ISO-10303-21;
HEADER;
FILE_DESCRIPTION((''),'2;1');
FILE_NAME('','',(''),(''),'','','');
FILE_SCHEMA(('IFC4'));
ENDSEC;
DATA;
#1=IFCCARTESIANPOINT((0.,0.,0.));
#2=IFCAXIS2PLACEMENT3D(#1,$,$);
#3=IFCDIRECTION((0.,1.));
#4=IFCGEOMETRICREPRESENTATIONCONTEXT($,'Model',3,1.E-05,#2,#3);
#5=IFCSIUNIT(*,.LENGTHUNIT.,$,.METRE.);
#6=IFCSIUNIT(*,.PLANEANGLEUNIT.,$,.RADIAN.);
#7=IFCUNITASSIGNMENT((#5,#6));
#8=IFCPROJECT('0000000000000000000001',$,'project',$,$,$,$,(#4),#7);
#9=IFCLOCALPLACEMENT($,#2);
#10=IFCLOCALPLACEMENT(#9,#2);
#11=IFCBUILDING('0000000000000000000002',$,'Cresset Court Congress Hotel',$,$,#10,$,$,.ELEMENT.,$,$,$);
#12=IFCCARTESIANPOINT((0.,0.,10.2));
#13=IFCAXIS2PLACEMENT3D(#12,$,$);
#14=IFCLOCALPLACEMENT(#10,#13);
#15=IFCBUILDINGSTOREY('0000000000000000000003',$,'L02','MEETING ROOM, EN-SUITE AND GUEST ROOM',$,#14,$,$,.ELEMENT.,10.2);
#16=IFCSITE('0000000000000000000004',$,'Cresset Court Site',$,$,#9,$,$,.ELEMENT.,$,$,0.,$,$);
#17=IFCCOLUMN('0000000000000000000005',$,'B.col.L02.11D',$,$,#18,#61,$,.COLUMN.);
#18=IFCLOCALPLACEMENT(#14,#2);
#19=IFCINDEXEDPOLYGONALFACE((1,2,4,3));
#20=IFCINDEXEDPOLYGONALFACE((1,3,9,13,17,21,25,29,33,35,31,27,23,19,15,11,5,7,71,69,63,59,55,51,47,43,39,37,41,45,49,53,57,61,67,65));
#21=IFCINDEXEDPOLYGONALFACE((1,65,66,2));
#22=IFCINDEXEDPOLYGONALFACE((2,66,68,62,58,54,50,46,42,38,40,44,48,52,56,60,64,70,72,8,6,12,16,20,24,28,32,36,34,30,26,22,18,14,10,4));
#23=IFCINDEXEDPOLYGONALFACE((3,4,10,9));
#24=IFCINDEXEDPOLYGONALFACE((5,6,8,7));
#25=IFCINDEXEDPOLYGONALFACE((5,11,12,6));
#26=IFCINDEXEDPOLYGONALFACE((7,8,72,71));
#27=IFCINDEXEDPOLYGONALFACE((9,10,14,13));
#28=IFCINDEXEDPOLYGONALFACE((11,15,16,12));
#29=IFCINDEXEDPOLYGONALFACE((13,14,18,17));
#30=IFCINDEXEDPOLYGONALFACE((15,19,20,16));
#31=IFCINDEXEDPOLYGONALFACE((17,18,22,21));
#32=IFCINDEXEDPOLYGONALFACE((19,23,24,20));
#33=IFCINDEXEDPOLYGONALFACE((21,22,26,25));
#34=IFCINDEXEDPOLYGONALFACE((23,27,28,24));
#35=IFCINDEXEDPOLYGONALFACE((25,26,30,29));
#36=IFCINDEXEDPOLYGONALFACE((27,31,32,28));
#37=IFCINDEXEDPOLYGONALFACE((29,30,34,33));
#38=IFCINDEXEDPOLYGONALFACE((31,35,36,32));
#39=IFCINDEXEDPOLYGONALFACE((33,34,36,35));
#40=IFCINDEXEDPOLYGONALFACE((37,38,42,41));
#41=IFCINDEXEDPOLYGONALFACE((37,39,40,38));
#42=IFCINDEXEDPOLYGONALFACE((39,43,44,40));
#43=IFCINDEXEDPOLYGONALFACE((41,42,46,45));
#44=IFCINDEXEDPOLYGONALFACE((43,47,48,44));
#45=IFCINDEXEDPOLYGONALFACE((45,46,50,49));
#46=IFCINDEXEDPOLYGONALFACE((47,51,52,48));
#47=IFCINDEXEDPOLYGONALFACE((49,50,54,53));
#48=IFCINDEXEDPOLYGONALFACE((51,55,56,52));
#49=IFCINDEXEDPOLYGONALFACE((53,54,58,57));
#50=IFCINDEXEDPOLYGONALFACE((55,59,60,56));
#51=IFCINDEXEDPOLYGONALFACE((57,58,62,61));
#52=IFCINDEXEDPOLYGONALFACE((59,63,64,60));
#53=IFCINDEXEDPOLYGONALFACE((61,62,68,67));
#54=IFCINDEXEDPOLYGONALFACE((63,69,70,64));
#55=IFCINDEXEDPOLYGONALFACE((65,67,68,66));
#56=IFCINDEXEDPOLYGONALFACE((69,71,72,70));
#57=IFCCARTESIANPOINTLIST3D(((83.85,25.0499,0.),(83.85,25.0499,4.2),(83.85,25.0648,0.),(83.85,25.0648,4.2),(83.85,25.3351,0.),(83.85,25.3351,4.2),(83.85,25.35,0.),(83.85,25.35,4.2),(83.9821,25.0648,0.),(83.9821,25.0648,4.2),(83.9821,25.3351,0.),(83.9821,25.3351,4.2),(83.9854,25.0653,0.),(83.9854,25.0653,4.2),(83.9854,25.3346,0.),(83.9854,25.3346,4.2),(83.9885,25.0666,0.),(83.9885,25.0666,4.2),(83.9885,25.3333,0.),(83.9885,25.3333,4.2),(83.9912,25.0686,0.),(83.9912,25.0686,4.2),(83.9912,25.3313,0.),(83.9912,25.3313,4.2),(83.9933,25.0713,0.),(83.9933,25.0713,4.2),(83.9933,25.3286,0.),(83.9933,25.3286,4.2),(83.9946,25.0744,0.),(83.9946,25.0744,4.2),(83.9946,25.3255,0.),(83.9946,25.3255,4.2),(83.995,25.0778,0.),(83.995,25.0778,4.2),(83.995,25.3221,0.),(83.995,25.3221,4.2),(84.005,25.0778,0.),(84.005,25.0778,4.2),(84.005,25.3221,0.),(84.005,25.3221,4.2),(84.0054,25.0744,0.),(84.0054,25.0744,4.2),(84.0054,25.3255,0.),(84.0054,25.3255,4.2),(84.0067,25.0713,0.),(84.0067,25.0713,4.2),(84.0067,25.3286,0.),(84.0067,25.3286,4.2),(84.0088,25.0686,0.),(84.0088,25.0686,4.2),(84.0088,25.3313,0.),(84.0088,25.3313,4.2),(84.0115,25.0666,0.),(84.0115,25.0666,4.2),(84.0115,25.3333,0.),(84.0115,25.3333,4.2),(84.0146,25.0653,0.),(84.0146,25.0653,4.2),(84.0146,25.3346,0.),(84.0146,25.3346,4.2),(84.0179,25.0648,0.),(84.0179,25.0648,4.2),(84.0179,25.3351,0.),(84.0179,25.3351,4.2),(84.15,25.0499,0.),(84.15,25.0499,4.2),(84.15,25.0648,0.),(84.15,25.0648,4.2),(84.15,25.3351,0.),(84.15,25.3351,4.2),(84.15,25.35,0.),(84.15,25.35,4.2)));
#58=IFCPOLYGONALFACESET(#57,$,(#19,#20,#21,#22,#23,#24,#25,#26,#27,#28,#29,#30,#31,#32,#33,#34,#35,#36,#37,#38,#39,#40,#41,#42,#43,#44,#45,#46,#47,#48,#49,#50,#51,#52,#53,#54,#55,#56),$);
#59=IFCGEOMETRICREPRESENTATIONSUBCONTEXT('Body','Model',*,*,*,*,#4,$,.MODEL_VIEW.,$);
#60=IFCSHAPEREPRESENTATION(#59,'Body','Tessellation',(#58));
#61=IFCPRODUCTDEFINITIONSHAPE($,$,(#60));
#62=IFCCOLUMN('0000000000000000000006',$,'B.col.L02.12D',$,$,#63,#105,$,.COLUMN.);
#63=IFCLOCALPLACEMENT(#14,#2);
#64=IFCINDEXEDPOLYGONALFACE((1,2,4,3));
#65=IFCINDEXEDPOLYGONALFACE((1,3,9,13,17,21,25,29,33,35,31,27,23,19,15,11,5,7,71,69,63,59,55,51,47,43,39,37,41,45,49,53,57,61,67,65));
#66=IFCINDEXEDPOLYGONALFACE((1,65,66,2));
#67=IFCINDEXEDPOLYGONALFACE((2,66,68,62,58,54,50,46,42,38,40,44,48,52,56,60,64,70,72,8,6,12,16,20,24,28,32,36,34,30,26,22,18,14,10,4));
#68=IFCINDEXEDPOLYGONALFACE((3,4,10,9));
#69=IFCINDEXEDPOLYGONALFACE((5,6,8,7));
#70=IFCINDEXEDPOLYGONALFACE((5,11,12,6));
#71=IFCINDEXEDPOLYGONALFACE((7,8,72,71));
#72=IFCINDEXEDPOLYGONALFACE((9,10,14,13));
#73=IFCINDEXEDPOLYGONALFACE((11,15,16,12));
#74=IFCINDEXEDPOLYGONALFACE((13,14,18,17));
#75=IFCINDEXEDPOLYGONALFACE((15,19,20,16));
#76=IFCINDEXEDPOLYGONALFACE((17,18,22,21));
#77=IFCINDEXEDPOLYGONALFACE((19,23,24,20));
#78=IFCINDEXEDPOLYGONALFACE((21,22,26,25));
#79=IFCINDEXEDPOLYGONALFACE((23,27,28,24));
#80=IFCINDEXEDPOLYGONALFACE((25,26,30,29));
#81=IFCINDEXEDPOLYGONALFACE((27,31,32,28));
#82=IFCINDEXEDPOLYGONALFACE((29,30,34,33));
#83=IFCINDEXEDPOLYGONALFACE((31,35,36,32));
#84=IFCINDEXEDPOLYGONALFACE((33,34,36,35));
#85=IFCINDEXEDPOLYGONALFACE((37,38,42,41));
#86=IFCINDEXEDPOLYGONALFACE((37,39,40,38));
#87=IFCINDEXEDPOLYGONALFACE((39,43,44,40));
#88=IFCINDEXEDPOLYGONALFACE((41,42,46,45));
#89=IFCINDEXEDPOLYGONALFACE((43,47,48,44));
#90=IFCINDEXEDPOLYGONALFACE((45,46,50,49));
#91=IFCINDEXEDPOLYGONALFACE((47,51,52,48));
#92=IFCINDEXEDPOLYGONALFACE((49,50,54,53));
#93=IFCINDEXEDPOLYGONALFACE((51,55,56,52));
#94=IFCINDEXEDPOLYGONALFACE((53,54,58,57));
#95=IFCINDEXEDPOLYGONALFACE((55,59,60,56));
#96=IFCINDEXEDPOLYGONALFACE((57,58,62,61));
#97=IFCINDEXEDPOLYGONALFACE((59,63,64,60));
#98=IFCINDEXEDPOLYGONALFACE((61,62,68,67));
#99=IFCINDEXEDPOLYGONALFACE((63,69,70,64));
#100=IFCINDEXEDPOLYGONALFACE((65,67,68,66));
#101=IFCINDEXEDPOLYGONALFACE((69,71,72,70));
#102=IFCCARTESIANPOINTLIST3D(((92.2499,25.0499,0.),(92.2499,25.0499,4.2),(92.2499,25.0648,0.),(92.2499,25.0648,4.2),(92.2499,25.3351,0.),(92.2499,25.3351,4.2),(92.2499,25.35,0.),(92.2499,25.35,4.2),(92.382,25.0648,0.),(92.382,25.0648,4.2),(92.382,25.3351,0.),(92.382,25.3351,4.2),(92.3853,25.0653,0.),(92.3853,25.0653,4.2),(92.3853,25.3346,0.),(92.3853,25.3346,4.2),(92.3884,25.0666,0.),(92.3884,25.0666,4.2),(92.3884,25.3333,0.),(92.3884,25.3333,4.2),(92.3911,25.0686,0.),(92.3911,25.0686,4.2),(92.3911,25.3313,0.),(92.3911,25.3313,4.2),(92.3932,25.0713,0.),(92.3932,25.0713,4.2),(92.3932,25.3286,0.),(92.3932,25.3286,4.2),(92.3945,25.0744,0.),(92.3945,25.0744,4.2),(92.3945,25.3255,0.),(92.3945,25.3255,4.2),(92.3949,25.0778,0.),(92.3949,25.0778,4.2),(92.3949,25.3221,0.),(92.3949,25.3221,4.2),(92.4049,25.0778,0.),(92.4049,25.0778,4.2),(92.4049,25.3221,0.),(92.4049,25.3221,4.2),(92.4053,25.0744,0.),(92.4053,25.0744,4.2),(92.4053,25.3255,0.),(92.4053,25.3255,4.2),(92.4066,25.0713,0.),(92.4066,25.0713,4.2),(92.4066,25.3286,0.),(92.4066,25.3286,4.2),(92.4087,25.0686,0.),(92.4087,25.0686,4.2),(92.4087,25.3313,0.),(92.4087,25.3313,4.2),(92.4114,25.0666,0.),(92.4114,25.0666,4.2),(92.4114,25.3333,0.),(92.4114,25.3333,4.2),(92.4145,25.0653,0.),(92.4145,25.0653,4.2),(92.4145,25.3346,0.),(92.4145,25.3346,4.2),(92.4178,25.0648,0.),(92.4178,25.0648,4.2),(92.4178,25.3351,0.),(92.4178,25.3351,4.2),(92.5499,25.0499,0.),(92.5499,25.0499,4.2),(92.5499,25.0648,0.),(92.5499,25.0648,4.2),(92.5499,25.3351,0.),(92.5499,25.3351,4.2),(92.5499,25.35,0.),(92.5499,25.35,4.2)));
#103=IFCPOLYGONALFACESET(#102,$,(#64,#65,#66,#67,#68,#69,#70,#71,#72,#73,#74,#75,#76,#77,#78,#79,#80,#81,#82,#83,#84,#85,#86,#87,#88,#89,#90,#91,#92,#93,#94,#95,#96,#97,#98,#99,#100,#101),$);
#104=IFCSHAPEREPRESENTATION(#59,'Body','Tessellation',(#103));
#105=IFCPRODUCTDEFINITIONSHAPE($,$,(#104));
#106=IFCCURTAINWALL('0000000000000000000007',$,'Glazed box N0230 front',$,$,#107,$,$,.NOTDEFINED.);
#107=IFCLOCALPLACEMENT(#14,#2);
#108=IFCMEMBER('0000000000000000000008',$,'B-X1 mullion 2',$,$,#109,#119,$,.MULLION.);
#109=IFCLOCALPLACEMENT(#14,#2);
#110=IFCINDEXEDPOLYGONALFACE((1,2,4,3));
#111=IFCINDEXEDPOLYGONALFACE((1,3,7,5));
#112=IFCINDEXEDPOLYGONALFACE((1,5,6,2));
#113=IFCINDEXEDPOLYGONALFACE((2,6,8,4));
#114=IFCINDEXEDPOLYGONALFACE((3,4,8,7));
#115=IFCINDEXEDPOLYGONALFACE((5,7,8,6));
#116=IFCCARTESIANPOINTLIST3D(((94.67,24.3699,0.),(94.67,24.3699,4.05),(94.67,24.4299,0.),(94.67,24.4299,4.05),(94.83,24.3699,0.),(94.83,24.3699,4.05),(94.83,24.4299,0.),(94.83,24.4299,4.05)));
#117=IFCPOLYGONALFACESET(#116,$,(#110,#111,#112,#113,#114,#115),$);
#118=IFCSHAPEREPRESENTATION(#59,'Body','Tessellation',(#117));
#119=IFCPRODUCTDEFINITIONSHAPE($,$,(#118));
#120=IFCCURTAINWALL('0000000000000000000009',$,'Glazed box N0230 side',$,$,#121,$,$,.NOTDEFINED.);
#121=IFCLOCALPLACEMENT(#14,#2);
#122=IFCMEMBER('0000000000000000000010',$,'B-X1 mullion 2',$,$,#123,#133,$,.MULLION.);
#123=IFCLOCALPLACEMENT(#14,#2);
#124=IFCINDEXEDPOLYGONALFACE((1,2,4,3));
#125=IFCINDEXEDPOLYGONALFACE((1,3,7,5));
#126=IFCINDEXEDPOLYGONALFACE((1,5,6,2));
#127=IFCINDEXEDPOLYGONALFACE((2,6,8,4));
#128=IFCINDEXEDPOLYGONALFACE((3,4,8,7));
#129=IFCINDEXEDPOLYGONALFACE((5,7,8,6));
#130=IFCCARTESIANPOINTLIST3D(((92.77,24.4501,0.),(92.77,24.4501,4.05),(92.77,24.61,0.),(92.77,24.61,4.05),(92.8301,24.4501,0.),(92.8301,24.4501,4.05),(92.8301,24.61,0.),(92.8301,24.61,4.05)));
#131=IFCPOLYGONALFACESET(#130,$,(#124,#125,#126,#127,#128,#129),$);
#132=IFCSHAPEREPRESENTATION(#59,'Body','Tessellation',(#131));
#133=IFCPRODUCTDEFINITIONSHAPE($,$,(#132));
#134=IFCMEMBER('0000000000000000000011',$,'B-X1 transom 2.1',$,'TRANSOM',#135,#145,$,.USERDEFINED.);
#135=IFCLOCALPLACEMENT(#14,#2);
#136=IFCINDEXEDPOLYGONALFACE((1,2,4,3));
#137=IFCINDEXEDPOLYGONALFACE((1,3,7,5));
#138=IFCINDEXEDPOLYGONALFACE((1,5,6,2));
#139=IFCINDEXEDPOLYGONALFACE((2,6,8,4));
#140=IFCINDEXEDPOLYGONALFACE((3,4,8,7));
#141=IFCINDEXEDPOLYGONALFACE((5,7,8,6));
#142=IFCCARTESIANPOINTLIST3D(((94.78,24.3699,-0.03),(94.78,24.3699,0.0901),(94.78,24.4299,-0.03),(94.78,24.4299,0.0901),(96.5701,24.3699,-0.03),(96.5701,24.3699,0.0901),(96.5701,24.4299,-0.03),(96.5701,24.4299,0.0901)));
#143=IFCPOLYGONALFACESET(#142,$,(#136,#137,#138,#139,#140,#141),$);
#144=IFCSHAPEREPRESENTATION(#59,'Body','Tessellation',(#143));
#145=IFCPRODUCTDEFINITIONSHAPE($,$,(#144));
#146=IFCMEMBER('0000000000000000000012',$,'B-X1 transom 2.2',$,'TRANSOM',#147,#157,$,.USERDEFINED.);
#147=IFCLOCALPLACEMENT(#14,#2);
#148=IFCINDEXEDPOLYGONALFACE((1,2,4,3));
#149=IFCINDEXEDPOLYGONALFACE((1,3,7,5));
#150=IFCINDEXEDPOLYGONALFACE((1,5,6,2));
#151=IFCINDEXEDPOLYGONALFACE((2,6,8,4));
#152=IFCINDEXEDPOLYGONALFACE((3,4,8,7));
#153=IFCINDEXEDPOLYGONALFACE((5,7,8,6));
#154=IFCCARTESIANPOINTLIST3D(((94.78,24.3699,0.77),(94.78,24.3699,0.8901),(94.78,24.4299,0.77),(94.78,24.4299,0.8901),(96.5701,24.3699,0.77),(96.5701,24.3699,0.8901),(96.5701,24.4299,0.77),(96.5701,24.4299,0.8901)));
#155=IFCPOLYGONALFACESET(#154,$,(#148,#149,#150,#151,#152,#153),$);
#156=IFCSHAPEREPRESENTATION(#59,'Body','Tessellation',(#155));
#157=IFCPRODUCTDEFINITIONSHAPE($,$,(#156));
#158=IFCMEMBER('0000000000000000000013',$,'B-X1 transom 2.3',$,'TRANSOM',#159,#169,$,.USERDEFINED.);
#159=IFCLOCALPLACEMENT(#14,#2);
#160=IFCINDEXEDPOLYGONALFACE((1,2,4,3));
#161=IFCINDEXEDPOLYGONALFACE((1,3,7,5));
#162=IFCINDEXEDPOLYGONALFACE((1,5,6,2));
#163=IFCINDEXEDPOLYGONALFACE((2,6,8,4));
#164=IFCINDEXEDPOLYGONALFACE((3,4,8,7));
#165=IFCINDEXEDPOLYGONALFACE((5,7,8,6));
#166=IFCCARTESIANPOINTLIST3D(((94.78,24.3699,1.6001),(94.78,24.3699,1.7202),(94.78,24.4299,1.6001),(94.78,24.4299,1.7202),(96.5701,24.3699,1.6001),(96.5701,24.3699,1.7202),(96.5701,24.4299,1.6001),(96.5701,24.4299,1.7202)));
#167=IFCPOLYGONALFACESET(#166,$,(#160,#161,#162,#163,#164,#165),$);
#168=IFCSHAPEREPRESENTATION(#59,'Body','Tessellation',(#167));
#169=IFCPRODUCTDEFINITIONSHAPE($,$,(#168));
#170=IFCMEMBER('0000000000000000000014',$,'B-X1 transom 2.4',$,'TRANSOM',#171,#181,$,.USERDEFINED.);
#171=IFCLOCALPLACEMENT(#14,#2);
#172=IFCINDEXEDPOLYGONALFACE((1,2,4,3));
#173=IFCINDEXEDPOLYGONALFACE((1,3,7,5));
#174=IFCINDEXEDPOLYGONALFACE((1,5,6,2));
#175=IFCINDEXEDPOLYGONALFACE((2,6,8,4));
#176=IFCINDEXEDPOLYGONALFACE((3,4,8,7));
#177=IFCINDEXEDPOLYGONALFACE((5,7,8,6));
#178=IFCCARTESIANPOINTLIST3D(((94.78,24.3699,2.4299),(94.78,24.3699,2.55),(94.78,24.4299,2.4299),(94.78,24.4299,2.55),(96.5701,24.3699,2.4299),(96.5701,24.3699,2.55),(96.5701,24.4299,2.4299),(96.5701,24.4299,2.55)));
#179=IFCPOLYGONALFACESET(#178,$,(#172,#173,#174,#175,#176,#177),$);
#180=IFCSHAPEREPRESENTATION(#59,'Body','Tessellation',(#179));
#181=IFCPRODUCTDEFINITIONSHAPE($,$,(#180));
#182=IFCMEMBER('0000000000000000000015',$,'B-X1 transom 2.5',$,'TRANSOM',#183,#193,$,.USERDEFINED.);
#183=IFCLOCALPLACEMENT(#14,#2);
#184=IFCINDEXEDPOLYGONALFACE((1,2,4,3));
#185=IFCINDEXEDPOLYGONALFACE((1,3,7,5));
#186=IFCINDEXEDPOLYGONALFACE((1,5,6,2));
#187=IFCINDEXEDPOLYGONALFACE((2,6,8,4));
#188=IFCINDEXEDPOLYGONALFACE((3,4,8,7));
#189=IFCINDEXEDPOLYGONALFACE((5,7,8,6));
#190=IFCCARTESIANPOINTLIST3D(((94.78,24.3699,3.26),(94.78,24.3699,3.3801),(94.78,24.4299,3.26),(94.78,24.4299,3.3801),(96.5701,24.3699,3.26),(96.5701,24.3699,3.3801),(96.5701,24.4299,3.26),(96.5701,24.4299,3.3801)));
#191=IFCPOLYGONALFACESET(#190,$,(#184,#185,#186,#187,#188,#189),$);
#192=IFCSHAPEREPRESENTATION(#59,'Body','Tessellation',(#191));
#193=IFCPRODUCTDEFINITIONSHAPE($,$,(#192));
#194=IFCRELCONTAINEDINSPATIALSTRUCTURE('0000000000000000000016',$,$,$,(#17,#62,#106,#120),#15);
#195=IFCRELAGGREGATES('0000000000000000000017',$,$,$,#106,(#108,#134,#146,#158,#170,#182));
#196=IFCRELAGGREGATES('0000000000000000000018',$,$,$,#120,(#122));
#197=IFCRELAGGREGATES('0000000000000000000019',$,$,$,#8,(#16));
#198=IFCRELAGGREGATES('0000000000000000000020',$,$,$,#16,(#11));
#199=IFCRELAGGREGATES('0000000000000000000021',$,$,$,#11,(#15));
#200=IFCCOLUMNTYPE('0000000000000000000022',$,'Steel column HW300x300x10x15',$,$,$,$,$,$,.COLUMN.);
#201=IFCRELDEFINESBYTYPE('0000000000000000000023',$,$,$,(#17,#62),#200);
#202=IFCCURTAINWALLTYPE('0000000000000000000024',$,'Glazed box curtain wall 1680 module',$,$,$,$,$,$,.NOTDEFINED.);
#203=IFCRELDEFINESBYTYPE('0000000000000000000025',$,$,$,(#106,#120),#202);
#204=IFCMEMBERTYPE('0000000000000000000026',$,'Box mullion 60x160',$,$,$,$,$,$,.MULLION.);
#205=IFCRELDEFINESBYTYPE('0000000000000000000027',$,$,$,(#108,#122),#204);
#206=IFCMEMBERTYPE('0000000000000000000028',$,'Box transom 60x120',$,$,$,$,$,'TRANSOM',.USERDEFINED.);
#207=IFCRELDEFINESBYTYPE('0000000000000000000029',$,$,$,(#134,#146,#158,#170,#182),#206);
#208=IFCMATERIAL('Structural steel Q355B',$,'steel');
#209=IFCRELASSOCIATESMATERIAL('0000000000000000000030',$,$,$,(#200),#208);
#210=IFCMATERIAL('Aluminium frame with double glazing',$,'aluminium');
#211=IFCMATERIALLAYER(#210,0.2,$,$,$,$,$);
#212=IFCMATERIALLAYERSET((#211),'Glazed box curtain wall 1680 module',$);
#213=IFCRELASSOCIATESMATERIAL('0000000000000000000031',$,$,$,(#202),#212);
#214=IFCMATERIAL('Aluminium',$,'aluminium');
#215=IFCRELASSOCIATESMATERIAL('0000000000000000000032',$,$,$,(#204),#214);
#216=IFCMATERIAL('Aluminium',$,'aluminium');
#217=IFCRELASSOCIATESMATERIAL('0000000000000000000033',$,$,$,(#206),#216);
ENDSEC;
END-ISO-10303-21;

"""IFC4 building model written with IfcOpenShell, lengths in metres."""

from ifc_helpers import new_model, si_unit, direction, frame, origin, origin_2d, place, context, subcontext, project, spatial, rectangle, i_section, extrude, material, layer, layer_set, material_profile, profile_set, type_object, element, aggregate, save


model = new_model("IFC4")

# Units and contexts
model_context = context("Model", 3, precision=1e-05, world=origin(), true_north=direction((0.0, 1.0)))
body_context = subcontext(model_context, "Body", "Model", "MODEL_VIEW")
ifc_project = project(units=[si_unit("LENGTHUNIT", "METRE"), si_unit("PLANEANGLEUNIT", "RADIAN")], contexts=[model_context])

# Site, building, storey
site_placement = place(None, origin())
site = spatial("IfcSite", under=ifc_project, at=site_placement, Name="Cresset Court Site", CompositionType="ELEMENT", RefElevation=0.0)
building_placement = place(site_placement, origin())
building = spatial("IfcBuilding", under=site, at=building_placement, Name="Cresset Court Congress Hotel", CompositionType="ELEMENT")
storey_placement = place(building_placement, frame((0.0, 0.0, 10.2)))
storey = spatial("IfcBuildingStorey", under=building, at=storey_placement, Name="L02", Description="MEETING ROOM, EN-SUITE AND GUEST ROOM", CompositionType="ELEMENT", Elevation=10.2)

# Columns
ifc_material_1 = material(Name="Structural steel Q355B", Category="steel")
ifc_material_profile_1 = material_profile(ifc_material_1, i_section(OverallWidth=0.3, OverallDepth=0.3, WebThickness=0.01, FlangeThickness=0.0149, FilletRadius=0.0129, at=origin_2d()), Name="HW300x300x10x15")
ifc_profile_set_1 = profile_set([ifc_material_profile_1], Name="Structural steel Q355B")
column_type = type_object("IfcColumnType", Name="Steel column HW300x300x10x15", PredefinedType="COLUMN", material=ifc_profile_set_1)
for number, where, z_axis, x_axis, name in (
    (1, (84.0, 25.2, 0.0), (0.0, 0.0, 1.0), (1.0, 0.0, 0.0), "B.col.L02.11D"),
    (2, (92.3999, 25.2, 0.0), (0.0, 0.0, 1.0), (1.0, 0.0, 0.0), "B.col.L02.12D"),
):
    element("IfcColumn", number, at=place(storey_placement, frame(where, z_axis=z_axis, x_axis=x_axis)), inside=storey, type_object=column_type, Name=name, PredefinedType="COLUMN", context=body_context, shape_type="SweptSolid", body=[
        extrude(i_section(OverallWidth=0.3, OverallDepth=0.3, WebThickness=0.01, FlangeThickness=0.0149, FilletRadius=0.0129, at=origin_2d()), origin(), (0.0, 0.0, 1.0), 4.2),
    ])

# Curtain walls, members
ifc_material_2 = material(Name="Aluminium frame with double glazing", Category="aluminium")
ifc_layer_1 = layer(ifc_material_2, 0.2)
ifc_layer_set_1 = layer_set([ifc_layer_1], Name="Glazed box curtain wall 1680 module")
curtain_wall_type = type_object("IfcCurtainWallType", Name="Glazed box curtain wall 1680 module", PredefinedType="NOTDEFINED", material=ifc_layer_set_1)
curtain_wall_1_placement = place(storey_placement, origin())
curtain_wall_1 = element("IfcCurtainWall", 3, at=curtain_wall_1_placement, inside=storey, type_object=curtain_wall_type, Name="Glazed box N0230 front", PredefinedType="NOTDEFINED")
ifc_material_3 = material(Name="Aluminium", Category="aluminium")
ifc_material_profile_2 = material_profile(ifc_material_3, rectangle(XDim=0.0601, YDim=0.1599, at=origin_2d()), Name="Box mullion 60x160")
ifc_profile_set_2 = profile_set([ifc_material_profile_2], Name="Aluminium")
member_type_1 = type_object("IfcMemberType", Name="Box mullion 60x160", PredefinedType="MULLION", material=ifc_profile_set_2)
member_1_placement = place(storey_placement, frame((94.75, 24.3999, 0.0), z_axis=(0.0, 0.0, 1.0), x_axis=(0.0, 1.0, 0.0)))
member_1 = element("IfcMember", 4, at=member_1_placement, type_object=member_type_1, Name="B-X1 mullion 2", PredefinedType="MULLION", context=body_context, shape_type="SweptSolid", body=[
    extrude(rectangle(XDim=0.0601, YDim=0.1599, at=origin_2d()), origin(), (0.0, 0.0, 1.0), 4.05),
])
curtain_wall_2_placement = place(storey_placement, origin())
curtain_wall_2 = element("IfcCurtainWall", 5, at=curtain_wall_2_placement, inside=storey, type_object=curtain_wall_type, Name="Glazed box N0230 side", PredefinedType="NOTDEFINED")
member_2_placement = place(storey_placement, frame((92.8, 24.53, 0.0), z_axis=(0.0, 0.0, 1.0), x_axis=(1.0, 0.0, 0.0)))
member_2 = element("IfcMember", 6, at=member_2_placement, type_object=member_type_1, Name="B-X1 mullion 2", PredefinedType="MULLION", context=body_context, shape_type="SweptSolid", body=[
    extrude(rectangle(XDim=0.0601, YDim=0.1599, at=origin_2d()), origin(), (0.0, 0.0, 1.0), 4.05),
])

# Members
ifc_material_4 = material(Name="Aluminium", Category="aluminium")
ifc_material_profile_3 = material_profile(ifc_material_4, rectangle(XDim=0.0601, YDim=0.1201, at=origin_2d()), Name="Box transom 60x120")
ifc_profile_set_3 = profile_set([ifc_material_profile_3], Name="Aluminium")
member_type_2 = type_object("IfcMemberType", Name="Box transom 60x120", ElementType="TRANSOM", PredefinedType="USERDEFINED", material=ifc_profile_set_3)
member_3_placement = place(storey_placement, frame((94.78, 24.3999, 0.03), z_axis=(1.0, 0.0, 0.0), x_axis=(0.0, 1.0, 0.0)))
member_3 = element("IfcMember", 7, at=member_3_placement, type_object=member_type_2, Name="B-X1 transom 2.1", ObjectType="TRANSOM", PredefinedType="USERDEFINED", context=body_context, shape_type="SweptSolid", body=[
    extrude(rectangle(XDim=0.0601, YDim=0.1201, at=origin_2d()), origin(), (0.0, 0.0, 1.0), 1.79),
])
member_4_placement = place(storey_placement, frame((94.78, 24.3999, 0.8301), z_axis=(1.0, 0.0, 0.0), x_axis=(0.0, 1.0, 0.0)))
member_4 = element("IfcMember", 8, at=member_4_placement, type_object=member_type_2, Name="B-X1 transom 2.2", ObjectType="TRANSOM", PredefinedType="USERDEFINED", context=body_context, shape_type="SweptSolid", body=[
    extrude(rectangle(XDim=0.0601, YDim=0.1201, at=origin_2d()), origin(), (0.0, 0.0, 1.0), 1.79),
])
member_5_placement = place(storey_placement, frame((94.78, 24.3999, 1.6602), z_axis=(1.0, 0.0, 0.0), x_axis=(0.0, 1.0, 0.0)))
member_5 = element("IfcMember", 9, at=member_5_placement, type_object=member_type_2, Name="B-X1 transom 2.3", ObjectType="TRANSOM", PredefinedType="USERDEFINED", context=body_context, shape_type="SweptSolid", body=[
    extrude(rectangle(XDim=0.0601, YDim=0.1201, at=origin_2d()), origin(), (0.0, 0.0, 1.0), 1.79),
])
member_6_placement = place(storey_placement, frame((94.78, 24.3999, 2.49), z_axis=(1.0, 0.0, 0.0), x_axis=(0.0, 1.0, 0.0)))
member_6 = element("IfcMember", 10, at=member_6_placement, type_object=member_type_2, Name="B-X1 transom 2.4", ObjectType="TRANSOM", PredefinedType="USERDEFINED", context=body_context, shape_type="SweptSolid", body=[
    extrude(rectangle(XDim=0.0601, YDim=0.1201, at=origin_2d()), origin(), (0.0, 0.0, 1.0), 1.79),
])
member_7_placement = place(storey_placement, frame((94.78, 24.3999, 3.3201), z_axis=(1.0, 0.0, 0.0), x_axis=(0.0, 1.0, 0.0)))
member_7 = element("IfcMember", 11, at=member_7_placement, type_object=member_type_2, Name="B-X1 transom 2.5", ObjectType="TRANSOM", PredefinedType="USERDEFINED", context=body_context, shape_type="SweptSolid", body=[
    extrude(rectangle(XDim=0.0601, YDim=0.1201, at=origin_2d()), origin(), (0.0, 0.0, 1.0), 1.79),
])

aggregate(curtain_wall_1, [member_1, member_3, member_4, member_5, member_6, member_7])
aggregate(curtain_wall_2, [member_2])

save(model, "model.ifc")
